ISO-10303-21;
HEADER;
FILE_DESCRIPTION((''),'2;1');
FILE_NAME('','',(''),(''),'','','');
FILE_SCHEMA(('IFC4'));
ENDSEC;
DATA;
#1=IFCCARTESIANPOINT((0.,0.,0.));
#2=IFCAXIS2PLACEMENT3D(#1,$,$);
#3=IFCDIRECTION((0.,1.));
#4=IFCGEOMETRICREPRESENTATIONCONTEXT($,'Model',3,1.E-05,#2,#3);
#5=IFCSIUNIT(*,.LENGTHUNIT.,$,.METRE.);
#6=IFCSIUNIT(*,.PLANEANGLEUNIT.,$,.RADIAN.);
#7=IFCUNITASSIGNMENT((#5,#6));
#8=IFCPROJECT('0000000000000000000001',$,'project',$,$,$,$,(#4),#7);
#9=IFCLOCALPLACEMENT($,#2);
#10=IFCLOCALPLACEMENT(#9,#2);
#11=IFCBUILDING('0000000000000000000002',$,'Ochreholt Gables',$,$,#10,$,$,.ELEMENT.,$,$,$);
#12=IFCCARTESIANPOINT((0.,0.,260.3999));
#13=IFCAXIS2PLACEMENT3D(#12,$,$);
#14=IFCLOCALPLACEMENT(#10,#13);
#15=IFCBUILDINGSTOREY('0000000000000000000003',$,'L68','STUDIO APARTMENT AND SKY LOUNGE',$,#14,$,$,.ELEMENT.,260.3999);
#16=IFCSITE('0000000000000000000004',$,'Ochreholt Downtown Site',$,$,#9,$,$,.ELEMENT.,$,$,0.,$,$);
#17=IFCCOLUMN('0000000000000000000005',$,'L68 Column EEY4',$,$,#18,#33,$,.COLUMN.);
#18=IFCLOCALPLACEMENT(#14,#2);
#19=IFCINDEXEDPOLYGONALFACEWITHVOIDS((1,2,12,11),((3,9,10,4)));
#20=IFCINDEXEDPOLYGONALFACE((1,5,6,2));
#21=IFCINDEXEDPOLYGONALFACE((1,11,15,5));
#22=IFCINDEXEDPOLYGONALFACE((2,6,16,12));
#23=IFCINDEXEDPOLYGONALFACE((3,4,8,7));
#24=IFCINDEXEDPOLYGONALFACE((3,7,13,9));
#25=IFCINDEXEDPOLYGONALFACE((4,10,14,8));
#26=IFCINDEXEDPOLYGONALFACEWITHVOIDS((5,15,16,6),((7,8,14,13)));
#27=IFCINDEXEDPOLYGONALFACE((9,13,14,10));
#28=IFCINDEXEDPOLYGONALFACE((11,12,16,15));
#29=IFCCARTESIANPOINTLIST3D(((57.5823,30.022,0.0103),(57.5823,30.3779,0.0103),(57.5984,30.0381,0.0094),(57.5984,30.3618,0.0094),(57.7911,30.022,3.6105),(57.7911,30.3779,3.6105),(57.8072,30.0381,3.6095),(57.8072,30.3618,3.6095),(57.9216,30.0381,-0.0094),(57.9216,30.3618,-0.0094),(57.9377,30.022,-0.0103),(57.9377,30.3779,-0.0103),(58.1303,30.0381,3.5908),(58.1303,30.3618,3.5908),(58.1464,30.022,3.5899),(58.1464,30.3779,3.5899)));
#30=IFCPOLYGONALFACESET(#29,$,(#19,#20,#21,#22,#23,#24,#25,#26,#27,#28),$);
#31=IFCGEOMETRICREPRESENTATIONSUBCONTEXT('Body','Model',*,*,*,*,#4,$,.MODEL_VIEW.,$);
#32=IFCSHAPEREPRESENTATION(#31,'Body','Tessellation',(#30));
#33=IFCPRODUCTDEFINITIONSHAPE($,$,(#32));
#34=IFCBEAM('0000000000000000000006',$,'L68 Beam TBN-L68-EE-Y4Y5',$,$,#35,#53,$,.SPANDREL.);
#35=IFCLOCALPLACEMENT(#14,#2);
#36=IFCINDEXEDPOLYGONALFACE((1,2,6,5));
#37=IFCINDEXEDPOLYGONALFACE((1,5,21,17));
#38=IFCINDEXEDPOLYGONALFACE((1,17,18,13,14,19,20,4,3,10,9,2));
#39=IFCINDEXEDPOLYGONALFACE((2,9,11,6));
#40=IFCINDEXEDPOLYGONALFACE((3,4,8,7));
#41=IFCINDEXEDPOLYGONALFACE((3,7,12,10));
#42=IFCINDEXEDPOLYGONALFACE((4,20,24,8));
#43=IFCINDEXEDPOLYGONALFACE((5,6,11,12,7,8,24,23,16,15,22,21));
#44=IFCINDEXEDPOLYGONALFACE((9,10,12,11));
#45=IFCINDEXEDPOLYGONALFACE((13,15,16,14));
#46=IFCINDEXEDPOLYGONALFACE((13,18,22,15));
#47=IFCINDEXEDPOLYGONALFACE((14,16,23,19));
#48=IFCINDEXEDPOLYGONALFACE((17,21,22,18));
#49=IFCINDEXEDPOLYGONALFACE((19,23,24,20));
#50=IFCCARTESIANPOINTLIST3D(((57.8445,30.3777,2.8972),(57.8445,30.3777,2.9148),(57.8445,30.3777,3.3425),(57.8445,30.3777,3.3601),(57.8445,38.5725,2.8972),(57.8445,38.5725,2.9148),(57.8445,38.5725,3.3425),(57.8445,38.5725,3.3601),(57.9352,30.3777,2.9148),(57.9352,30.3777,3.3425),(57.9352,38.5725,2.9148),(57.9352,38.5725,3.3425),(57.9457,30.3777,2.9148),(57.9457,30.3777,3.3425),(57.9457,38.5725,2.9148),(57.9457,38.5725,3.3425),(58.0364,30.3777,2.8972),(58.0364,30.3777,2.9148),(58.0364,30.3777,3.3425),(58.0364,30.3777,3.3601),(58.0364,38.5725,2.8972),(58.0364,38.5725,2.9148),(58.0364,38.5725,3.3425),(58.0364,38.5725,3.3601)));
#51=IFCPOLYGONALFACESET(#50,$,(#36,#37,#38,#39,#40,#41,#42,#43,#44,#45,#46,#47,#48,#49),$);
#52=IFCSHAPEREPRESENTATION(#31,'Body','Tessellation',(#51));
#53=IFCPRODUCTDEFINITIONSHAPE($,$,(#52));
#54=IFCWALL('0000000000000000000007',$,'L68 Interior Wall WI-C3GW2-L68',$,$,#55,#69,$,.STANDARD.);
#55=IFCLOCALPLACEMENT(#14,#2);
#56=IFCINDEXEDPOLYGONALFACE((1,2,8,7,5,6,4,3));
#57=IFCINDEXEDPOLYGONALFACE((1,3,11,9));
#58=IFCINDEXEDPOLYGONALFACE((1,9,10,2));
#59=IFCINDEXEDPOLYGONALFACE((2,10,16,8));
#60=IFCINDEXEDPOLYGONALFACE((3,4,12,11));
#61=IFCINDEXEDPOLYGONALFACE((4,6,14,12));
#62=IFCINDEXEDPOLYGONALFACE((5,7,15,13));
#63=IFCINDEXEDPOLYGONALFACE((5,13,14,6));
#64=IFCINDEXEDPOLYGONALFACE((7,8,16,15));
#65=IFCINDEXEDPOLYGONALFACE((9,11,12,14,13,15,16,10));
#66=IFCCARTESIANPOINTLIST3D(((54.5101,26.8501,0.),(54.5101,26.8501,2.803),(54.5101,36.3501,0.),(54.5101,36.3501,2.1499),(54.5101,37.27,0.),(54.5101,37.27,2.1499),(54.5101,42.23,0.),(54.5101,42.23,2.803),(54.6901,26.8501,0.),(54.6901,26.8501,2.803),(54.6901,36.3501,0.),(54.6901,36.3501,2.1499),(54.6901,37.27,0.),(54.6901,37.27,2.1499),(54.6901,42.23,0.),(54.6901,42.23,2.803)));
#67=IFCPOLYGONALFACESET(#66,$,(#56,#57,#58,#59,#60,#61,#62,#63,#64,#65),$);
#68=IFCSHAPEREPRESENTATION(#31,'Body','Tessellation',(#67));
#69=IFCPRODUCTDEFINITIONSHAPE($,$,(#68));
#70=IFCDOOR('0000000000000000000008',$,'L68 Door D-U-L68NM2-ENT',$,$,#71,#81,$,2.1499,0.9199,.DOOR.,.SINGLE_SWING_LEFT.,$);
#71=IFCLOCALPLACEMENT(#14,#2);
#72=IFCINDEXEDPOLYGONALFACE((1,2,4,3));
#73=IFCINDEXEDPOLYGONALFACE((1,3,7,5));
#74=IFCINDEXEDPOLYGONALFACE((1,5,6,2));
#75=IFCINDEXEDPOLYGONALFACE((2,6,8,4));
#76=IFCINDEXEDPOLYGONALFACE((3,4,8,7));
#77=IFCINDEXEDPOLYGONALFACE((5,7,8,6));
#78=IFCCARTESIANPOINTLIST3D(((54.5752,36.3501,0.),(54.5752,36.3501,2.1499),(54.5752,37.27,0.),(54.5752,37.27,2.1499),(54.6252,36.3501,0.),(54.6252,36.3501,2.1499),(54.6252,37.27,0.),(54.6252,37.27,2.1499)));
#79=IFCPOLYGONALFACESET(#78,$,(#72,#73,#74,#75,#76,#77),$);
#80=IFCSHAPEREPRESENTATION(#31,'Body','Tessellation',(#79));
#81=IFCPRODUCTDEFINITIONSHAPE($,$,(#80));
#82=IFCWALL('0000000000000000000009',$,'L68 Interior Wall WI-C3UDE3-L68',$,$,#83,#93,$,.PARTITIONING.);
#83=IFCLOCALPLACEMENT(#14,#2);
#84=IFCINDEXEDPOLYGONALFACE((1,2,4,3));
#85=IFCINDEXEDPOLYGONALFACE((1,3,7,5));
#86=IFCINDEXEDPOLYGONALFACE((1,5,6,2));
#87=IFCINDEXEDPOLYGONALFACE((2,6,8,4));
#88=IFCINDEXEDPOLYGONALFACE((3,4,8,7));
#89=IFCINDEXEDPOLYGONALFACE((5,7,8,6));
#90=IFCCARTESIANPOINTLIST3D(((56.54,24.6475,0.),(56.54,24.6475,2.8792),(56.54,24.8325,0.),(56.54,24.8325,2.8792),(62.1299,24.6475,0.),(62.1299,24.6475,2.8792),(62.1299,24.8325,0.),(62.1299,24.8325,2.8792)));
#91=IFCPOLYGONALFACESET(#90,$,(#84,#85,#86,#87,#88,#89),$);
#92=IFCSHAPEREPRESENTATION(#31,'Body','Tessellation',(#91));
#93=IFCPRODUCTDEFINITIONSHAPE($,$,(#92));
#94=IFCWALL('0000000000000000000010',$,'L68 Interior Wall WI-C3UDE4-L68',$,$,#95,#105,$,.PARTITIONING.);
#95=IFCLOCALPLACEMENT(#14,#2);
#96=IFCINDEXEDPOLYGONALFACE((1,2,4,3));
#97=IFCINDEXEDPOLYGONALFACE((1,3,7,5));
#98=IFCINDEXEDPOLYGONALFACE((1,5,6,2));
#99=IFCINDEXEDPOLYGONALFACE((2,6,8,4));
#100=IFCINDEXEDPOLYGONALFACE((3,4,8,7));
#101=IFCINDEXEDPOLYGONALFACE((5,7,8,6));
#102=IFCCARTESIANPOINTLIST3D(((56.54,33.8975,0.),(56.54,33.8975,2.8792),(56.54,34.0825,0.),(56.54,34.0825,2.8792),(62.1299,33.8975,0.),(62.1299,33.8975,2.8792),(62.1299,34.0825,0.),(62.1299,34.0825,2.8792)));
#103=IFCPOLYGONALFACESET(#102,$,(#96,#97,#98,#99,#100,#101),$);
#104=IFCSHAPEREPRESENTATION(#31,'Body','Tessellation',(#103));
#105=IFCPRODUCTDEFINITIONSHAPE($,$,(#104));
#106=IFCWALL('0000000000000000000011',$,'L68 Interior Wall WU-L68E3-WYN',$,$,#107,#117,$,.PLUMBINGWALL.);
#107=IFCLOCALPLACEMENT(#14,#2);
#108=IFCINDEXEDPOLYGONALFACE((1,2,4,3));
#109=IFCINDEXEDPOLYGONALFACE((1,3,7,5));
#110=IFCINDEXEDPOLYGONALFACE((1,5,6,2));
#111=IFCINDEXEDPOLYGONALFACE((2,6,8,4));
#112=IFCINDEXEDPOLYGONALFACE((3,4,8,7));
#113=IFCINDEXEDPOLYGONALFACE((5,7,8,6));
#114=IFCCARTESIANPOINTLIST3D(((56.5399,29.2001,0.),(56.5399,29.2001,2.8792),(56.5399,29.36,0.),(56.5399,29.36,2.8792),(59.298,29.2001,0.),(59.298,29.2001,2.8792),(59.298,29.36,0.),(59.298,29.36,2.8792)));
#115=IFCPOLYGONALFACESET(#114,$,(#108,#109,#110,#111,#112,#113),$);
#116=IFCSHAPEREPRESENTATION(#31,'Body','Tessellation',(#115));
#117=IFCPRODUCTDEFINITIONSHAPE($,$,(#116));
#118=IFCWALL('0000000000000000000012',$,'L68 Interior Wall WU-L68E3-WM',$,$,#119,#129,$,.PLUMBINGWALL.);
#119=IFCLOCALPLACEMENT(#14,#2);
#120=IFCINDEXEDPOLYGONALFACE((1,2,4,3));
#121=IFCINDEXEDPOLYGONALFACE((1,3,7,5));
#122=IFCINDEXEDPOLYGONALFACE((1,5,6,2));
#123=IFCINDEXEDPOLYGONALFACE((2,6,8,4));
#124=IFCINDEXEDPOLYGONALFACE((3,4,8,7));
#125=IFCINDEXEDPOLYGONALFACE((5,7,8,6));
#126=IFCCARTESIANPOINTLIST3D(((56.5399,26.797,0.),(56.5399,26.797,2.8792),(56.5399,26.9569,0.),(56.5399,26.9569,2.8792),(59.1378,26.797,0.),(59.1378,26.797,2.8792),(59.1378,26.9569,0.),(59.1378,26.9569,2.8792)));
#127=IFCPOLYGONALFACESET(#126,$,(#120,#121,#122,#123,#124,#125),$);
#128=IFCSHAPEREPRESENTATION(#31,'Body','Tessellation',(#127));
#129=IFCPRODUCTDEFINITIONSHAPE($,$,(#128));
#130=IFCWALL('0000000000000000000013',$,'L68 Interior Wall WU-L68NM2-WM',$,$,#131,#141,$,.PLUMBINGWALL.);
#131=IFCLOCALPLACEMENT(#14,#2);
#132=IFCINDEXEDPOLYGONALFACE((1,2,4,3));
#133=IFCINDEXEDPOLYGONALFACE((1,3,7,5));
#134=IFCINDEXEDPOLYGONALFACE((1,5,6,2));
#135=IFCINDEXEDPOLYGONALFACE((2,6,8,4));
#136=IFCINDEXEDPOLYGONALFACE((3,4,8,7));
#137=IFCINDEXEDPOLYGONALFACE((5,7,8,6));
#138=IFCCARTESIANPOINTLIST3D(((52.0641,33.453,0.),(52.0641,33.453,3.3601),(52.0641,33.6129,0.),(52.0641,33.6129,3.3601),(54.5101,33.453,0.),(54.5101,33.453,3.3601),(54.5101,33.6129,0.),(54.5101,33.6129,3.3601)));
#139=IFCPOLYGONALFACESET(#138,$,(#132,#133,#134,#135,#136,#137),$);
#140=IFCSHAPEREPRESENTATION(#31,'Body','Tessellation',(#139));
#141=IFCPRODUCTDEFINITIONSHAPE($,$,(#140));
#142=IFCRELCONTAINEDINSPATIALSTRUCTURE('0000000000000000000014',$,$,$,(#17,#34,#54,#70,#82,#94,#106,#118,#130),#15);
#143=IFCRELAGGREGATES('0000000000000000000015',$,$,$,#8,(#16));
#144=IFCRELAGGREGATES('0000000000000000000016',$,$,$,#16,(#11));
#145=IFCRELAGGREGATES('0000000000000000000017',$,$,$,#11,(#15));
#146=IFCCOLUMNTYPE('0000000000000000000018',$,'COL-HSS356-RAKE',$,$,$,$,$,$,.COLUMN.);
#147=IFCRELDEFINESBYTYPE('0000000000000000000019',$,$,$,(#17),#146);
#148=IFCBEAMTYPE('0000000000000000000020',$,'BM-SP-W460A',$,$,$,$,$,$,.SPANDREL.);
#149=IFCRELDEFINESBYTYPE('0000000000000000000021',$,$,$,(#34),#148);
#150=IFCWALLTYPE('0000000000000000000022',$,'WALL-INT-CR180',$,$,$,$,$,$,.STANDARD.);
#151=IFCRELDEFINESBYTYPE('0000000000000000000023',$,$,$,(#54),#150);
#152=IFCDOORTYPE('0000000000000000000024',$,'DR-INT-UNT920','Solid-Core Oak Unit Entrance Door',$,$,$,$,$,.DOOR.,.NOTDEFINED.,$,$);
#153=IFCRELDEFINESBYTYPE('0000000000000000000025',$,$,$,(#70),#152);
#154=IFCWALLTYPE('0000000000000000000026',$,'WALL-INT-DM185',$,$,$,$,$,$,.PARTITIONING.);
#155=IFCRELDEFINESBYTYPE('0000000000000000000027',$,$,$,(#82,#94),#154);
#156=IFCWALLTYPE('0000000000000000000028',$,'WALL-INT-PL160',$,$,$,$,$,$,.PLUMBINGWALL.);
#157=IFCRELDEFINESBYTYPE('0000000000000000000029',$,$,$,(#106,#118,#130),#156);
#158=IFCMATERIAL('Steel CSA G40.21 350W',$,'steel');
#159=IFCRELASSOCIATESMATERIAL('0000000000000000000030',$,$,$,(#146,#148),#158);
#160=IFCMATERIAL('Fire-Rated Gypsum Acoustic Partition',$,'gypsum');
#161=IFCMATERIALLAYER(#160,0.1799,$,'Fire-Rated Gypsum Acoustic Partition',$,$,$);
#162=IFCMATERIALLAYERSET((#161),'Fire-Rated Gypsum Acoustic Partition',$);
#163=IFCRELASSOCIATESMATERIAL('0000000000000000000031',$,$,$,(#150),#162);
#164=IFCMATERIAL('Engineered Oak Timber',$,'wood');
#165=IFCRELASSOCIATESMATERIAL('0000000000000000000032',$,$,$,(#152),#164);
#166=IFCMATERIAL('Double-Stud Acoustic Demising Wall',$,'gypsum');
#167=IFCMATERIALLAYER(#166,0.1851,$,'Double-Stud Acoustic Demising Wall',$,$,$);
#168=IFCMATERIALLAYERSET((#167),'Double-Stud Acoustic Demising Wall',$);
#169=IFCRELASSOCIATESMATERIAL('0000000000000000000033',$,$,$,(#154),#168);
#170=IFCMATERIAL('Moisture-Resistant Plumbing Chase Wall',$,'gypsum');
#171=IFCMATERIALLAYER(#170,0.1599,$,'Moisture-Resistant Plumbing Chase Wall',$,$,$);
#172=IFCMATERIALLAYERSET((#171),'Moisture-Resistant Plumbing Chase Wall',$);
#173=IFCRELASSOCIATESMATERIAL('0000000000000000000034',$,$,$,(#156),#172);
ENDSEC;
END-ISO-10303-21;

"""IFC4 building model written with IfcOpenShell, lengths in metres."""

from ifc_helpers import new_model, si_unit, direction, frame, frame_2d, origin, origin_2d, place, context, subcontext, project, spatial, rectangle, hollow_rectangle, i_section, extrude, material, layer, layer_set, material_profile, profile_set, type_object, element, fill, save


model = new_model("IFC4")

# Units and contexts
model_context = context("Model", 3, precision=1e-05, world=origin(), true_north=direction((0.0, 1.0)))
body_context = subcontext(model_context, "Body", "Model", "MODEL_VIEW")
ifc_project = project(units=[si_unit("LENGTHUNIT", "METRE"), si_unit("PLANEANGLEUNIT", "RADIAN")], contexts=[model_context])

# Site, building, storey
site_placement = place(None, origin())
site = spatial("IfcSite", under=ifc_project, at=site_placement, Name="Ochreholt Downtown Site", CompositionType="ELEMENT", RefElevation=0.0)
building_placement = place(site_placement, origin())
building = spatial("IfcBuilding", under=site, at=building_placement, Name="Ochreholt Gables", CompositionType="ELEMENT")
storey_placement = place(building_placement, frame((0.0, 0.0, 260.3999)))
storey = spatial("IfcBuildingStorey", under=building, at=storey_placement, Name="L68", Description="STUDIO APARTMENT AND SKY LOUNGE", CompositionType="ELEMENT", Elevation=260.3999)

# Column
ifc_material_1 = material(Name="Steel CSA G40.21 350W", Category="steel")
ifc_material_profile_1 = material_profile(ifc_material_1, hollow_rectangle(XDim=0.356, YDim=0.356, WallThickness=0.0161, at=origin_2d()), Name="HSS356X356X16")
ifc_profile_set_1 = profile_set([ifc_material_profile_1], Name="Steel CSA G40.21 350W")
column_type = type_object("IfcColumnType", Name="COL-HSS356-RAKE", PredefinedType="COLUMN", material=ifc_profile_set_1)
column_placement = place(storey_placement, frame((57.76, 30.2, 0.0), z_axis=(0.057885, 0.0, 0.998323), x_axis=(0.0, 1.0, 0.0)))
element("IfcColumn", 1, at=column_placement, inside=storey, type_object=column_type, Name="L68 Column EEY4", PredefinedType="COLUMN", context=body_context, shape_type="SweptSolid", body=[
    extrude(hollow_rectangle(XDim=0.356, YDim=0.356, WallThickness=0.0161, at=origin_2d()), origin(), (0.0, 0.0, 1.0), 3.6062),
])

# Beam
ifc_material_profile_2 = material_profile(ifc_material_1, i_section(OverallWidth=0.1919, OverallDepth=0.4629, WebThickness=0.0105, FlangeThickness=0.0176, at=origin_2d()), Name="W460X89")
ifc_profile_set_2 = profile_set([ifc_material_profile_2], Name="Steel CSA G40.21 350W")
beam_type = type_object("IfcBeamType", Name="BM-SP-W460A", PredefinedType="SPANDREL", material=ifc_profile_set_2)
beam_placement = place(storey_placement, frame((57.9404, 30.3777, 3.1287), z_axis=(0.0, 1.0, 0.0), x_axis=(-1.0, 0.0, 0.0)))
element("IfcBeam", 2, at=beam_placement, inside=storey, type_object=beam_type, Name="L68 Beam TBN-L68-EE-Y4Y5", PredefinedType="SPANDREL", context=body_context, shape_type="SweptSolid", body=[
    extrude(i_section(OverallWidth=0.1919, OverallDepth=0.4629, WebThickness=0.0105, FlangeThickness=0.0176, at=origin_2d()), origin(), (0.0, 0.0, 1.0), 8.1948),
])

# Wall, opening, door
ifc_material_2 = material(Name="Fire-Rated Gypsum Acoustic Partition", Category="gypsum")
ifc_layer_1 = layer(ifc_material_2, 0.1799, Name="Fire-Rated Gypsum Acoustic Partition")
ifc_layer_set_1 = layer_set([ifc_layer_1], Name="Fire-Rated Gypsum Acoustic Partition")
wall_type_1 = type_object("IfcWallType", Name="WALL-INT-CR180", PredefinedType="STANDARD", material=ifc_layer_set_1)
wall_1_placement = place(storey_placement, frame((54.6001, 26.8501, 0.0), z_axis=(0.0, 0.0, 1.0), x_axis=(0.0, 1.0, 0.0)))
wall_1 = element("IfcWall", 3, at=wall_1_placement, inside=storey, type_object=wall_type_1, Name="L68 Interior Wall WI-C3GW2-L68", PredefinedType="STANDARD", context=body_context, shape_type="SweptSolid", body=[
    extrude(rectangle(XDim=15.3799, YDim=0.1799, at=frame_2d((7.6899, 0.0))), origin(), (0.0, 0.0, 1.0), 2.803),
])
opening_1_placement = place(wall_1_placement, frame((9.5, 0.0, 0.0)))
opening_1 = element("IfcOpeningElement", 4, at=opening_1_placement, cuts=wall_1, PredefinedType="OPENING", context=body_context, shape_type="SweptSolid", body=[
    extrude(rectangle(XDim=0.9199, YDim=2.1499, at=frame_2d((0.46, 1.075))), frame((0.0, 0.0999, 0.0), z_axis=(0.0, -1.0, 0.0), x_axis=(1.0, 0.0, 0.0)), (0.0, 0.0, 1.0), 0.2),
])
ifc_material_3 = material(Name="Engineered Oak Timber", Category="wood")
door_type_1 = type_object("IfcDoorType", Name="DR-INT-UNT920", Description="Solid-Core Oak Unit Entrance Door", OperationType="NOTDEFINED", PredefinedType="DOOR", material=ifc_material_3)
door_1_placement = place(opening_1_placement, origin())
door_1 = element("IfcDoor", 5, at=door_1_placement, inside=storey, type_object=door_type_1, Name="L68 Door D-U-L68NM2-ENT", OperationType="SINGLE_SWING_LEFT", OverallHeight=2.1499, OverallWidth=0.9199, PredefinedType="DOOR", context=body_context, shape_type="SweptSolid", body=[
    extrude(rectangle(XDim=0.9199, YDim=2.1499, at=frame_2d((0.46, 1.075))), frame((0.0, 0.0249, 0.0), z_axis=(0.0, -1.0, 0.0), x_axis=(1.0, 0.0, 0.0)), (0.0, 0.0, 1.0), 0.05),
])
fill(opening_1, door_1)

# Walls
ifc_material_4 = material(Name="Double-Stud Acoustic Demising Wall", Category="gypsum")
ifc_layer_2 = layer(ifc_material_4, 0.1851, Name="Double-Stud Acoustic Demising Wall")
ifc_layer_set_2 = layer_set([ifc_layer_2], Name="Double-Stud Acoustic Demising Wall")
wall_type_2 = type_object("IfcWallType", Name="WALL-INT-DM185", PredefinedType="PARTITIONING", material=ifc_layer_set_2)
for number, where, z_axis, x_axis, name in (
    (6, (56.54, 24.74, 0.0), (0.0, 0.0, 1.0), (1.0, 0.0, 0.0), "L68 Interior Wall WI-C3UDE3-L68"),
    (7, (56.54, 33.99, 0.0), (0.0, 0.0, 1.0), (1.0, 0.0, 0.0), "L68 Interior Wall WI-C3UDE4-L68"),
):
    element("IfcWall", number, at=place(storey_placement, frame(where, z_axis=z_axis, x_axis=x_axis)), inside=storey, type_object=wall_type_2, Name=name, PredefinedType="PARTITIONING", context=body_context, shape_type="SweptSolid", body=[
        extrude(rectangle(XDim=5.5898, YDim=0.1851, at=frame_2d((2.7949, 0.0))), origin(), (0.0, 0.0, 1.0), 2.8792),
    ])
ifc_material_5 = material(Name="Moisture-Resistant Plumbing Chase Wall", Category="gypsum")
ifc_layer_3 = layer(ifc_material_5, 0.1599, Name="Moisture-Resistant Plumbing Chase Wall")
ifc_layer_set_3 = layer_set([ifc_layer_3], Name="Moisture-Resistant Plumbing Chase Wall")
wall_type_3 = type_object("IfcWallType", Name="WALL-INT-PL160", PredefinedType="PLUMBINGWALL", material=ifc_layer_set_3)
wall_2_placement = place(storey_placement, frame((56.54, 29.28, 0.0), z_axis=(0.0, 0.0, 1.0), x_axis=(1.0, 0.0, 0.0)))
element("IfcWall", 8, at=wall_2_placement, inside=storey, type_object=wall_type_3, Name="L68 Interior Wall WU-L68E3-WYN", PredefinedType="PLUMBINGWALL", context=body_context, shape_type="SweptSolid", body=[
    extrude(rectangle(XDim=2.7581, YDim=0.1599, at=frame_2d((1.3789, 0.0))), origin(), (0.0, 0.0, 1.0), 2.8792),
])

# Wall
wall_3_placement = place(storey_placement, frame((56.54, 26.877, 0.0), z_axis=(0.0, 0.0, 1.0), x_axis=(1.0, 0.0, 0.0)))
element("IfcWall", 9, at=wall_3_placement, inside=storey, type_object=wall_type_3, Name="L68 Interior Wall WU-L68E3-WM", PredefinedType="PLUMBINGWALL", context=body_context, shape_type="SweptSolid", body=[
    extrude(rectangle(XDim=2.5979, YDim=0.1599, at=frame_2d((1.2988, 0.0))), origin(), (0.0, 0.0, 1.0), 2.8792),
])

# Wall
wall_4_placement = place(storey_placement, frame((52.064, 33.533, 0.0), z_axis=(0.0, 0.0, 1.0), x_axis=(1.0, 0.0, 0.0)))
element("IfcWall", 10, at=wall_4_placement, inside=storey, type_object=wall_type_3, Name="L68 Interior Wall WU-L68NM2-WM", PredefinedType="PLUMBINGWALL", context=body_context, shape_type="SweptSolid", body=[
    extrude(rectangle(XDim=2.446, YDim=0.1599, at=frame_2d((1.2231, 0.0))), origin(), (0.0, 0.0, 1.0), 3.3601),
])

save(model, "model.ifc")
